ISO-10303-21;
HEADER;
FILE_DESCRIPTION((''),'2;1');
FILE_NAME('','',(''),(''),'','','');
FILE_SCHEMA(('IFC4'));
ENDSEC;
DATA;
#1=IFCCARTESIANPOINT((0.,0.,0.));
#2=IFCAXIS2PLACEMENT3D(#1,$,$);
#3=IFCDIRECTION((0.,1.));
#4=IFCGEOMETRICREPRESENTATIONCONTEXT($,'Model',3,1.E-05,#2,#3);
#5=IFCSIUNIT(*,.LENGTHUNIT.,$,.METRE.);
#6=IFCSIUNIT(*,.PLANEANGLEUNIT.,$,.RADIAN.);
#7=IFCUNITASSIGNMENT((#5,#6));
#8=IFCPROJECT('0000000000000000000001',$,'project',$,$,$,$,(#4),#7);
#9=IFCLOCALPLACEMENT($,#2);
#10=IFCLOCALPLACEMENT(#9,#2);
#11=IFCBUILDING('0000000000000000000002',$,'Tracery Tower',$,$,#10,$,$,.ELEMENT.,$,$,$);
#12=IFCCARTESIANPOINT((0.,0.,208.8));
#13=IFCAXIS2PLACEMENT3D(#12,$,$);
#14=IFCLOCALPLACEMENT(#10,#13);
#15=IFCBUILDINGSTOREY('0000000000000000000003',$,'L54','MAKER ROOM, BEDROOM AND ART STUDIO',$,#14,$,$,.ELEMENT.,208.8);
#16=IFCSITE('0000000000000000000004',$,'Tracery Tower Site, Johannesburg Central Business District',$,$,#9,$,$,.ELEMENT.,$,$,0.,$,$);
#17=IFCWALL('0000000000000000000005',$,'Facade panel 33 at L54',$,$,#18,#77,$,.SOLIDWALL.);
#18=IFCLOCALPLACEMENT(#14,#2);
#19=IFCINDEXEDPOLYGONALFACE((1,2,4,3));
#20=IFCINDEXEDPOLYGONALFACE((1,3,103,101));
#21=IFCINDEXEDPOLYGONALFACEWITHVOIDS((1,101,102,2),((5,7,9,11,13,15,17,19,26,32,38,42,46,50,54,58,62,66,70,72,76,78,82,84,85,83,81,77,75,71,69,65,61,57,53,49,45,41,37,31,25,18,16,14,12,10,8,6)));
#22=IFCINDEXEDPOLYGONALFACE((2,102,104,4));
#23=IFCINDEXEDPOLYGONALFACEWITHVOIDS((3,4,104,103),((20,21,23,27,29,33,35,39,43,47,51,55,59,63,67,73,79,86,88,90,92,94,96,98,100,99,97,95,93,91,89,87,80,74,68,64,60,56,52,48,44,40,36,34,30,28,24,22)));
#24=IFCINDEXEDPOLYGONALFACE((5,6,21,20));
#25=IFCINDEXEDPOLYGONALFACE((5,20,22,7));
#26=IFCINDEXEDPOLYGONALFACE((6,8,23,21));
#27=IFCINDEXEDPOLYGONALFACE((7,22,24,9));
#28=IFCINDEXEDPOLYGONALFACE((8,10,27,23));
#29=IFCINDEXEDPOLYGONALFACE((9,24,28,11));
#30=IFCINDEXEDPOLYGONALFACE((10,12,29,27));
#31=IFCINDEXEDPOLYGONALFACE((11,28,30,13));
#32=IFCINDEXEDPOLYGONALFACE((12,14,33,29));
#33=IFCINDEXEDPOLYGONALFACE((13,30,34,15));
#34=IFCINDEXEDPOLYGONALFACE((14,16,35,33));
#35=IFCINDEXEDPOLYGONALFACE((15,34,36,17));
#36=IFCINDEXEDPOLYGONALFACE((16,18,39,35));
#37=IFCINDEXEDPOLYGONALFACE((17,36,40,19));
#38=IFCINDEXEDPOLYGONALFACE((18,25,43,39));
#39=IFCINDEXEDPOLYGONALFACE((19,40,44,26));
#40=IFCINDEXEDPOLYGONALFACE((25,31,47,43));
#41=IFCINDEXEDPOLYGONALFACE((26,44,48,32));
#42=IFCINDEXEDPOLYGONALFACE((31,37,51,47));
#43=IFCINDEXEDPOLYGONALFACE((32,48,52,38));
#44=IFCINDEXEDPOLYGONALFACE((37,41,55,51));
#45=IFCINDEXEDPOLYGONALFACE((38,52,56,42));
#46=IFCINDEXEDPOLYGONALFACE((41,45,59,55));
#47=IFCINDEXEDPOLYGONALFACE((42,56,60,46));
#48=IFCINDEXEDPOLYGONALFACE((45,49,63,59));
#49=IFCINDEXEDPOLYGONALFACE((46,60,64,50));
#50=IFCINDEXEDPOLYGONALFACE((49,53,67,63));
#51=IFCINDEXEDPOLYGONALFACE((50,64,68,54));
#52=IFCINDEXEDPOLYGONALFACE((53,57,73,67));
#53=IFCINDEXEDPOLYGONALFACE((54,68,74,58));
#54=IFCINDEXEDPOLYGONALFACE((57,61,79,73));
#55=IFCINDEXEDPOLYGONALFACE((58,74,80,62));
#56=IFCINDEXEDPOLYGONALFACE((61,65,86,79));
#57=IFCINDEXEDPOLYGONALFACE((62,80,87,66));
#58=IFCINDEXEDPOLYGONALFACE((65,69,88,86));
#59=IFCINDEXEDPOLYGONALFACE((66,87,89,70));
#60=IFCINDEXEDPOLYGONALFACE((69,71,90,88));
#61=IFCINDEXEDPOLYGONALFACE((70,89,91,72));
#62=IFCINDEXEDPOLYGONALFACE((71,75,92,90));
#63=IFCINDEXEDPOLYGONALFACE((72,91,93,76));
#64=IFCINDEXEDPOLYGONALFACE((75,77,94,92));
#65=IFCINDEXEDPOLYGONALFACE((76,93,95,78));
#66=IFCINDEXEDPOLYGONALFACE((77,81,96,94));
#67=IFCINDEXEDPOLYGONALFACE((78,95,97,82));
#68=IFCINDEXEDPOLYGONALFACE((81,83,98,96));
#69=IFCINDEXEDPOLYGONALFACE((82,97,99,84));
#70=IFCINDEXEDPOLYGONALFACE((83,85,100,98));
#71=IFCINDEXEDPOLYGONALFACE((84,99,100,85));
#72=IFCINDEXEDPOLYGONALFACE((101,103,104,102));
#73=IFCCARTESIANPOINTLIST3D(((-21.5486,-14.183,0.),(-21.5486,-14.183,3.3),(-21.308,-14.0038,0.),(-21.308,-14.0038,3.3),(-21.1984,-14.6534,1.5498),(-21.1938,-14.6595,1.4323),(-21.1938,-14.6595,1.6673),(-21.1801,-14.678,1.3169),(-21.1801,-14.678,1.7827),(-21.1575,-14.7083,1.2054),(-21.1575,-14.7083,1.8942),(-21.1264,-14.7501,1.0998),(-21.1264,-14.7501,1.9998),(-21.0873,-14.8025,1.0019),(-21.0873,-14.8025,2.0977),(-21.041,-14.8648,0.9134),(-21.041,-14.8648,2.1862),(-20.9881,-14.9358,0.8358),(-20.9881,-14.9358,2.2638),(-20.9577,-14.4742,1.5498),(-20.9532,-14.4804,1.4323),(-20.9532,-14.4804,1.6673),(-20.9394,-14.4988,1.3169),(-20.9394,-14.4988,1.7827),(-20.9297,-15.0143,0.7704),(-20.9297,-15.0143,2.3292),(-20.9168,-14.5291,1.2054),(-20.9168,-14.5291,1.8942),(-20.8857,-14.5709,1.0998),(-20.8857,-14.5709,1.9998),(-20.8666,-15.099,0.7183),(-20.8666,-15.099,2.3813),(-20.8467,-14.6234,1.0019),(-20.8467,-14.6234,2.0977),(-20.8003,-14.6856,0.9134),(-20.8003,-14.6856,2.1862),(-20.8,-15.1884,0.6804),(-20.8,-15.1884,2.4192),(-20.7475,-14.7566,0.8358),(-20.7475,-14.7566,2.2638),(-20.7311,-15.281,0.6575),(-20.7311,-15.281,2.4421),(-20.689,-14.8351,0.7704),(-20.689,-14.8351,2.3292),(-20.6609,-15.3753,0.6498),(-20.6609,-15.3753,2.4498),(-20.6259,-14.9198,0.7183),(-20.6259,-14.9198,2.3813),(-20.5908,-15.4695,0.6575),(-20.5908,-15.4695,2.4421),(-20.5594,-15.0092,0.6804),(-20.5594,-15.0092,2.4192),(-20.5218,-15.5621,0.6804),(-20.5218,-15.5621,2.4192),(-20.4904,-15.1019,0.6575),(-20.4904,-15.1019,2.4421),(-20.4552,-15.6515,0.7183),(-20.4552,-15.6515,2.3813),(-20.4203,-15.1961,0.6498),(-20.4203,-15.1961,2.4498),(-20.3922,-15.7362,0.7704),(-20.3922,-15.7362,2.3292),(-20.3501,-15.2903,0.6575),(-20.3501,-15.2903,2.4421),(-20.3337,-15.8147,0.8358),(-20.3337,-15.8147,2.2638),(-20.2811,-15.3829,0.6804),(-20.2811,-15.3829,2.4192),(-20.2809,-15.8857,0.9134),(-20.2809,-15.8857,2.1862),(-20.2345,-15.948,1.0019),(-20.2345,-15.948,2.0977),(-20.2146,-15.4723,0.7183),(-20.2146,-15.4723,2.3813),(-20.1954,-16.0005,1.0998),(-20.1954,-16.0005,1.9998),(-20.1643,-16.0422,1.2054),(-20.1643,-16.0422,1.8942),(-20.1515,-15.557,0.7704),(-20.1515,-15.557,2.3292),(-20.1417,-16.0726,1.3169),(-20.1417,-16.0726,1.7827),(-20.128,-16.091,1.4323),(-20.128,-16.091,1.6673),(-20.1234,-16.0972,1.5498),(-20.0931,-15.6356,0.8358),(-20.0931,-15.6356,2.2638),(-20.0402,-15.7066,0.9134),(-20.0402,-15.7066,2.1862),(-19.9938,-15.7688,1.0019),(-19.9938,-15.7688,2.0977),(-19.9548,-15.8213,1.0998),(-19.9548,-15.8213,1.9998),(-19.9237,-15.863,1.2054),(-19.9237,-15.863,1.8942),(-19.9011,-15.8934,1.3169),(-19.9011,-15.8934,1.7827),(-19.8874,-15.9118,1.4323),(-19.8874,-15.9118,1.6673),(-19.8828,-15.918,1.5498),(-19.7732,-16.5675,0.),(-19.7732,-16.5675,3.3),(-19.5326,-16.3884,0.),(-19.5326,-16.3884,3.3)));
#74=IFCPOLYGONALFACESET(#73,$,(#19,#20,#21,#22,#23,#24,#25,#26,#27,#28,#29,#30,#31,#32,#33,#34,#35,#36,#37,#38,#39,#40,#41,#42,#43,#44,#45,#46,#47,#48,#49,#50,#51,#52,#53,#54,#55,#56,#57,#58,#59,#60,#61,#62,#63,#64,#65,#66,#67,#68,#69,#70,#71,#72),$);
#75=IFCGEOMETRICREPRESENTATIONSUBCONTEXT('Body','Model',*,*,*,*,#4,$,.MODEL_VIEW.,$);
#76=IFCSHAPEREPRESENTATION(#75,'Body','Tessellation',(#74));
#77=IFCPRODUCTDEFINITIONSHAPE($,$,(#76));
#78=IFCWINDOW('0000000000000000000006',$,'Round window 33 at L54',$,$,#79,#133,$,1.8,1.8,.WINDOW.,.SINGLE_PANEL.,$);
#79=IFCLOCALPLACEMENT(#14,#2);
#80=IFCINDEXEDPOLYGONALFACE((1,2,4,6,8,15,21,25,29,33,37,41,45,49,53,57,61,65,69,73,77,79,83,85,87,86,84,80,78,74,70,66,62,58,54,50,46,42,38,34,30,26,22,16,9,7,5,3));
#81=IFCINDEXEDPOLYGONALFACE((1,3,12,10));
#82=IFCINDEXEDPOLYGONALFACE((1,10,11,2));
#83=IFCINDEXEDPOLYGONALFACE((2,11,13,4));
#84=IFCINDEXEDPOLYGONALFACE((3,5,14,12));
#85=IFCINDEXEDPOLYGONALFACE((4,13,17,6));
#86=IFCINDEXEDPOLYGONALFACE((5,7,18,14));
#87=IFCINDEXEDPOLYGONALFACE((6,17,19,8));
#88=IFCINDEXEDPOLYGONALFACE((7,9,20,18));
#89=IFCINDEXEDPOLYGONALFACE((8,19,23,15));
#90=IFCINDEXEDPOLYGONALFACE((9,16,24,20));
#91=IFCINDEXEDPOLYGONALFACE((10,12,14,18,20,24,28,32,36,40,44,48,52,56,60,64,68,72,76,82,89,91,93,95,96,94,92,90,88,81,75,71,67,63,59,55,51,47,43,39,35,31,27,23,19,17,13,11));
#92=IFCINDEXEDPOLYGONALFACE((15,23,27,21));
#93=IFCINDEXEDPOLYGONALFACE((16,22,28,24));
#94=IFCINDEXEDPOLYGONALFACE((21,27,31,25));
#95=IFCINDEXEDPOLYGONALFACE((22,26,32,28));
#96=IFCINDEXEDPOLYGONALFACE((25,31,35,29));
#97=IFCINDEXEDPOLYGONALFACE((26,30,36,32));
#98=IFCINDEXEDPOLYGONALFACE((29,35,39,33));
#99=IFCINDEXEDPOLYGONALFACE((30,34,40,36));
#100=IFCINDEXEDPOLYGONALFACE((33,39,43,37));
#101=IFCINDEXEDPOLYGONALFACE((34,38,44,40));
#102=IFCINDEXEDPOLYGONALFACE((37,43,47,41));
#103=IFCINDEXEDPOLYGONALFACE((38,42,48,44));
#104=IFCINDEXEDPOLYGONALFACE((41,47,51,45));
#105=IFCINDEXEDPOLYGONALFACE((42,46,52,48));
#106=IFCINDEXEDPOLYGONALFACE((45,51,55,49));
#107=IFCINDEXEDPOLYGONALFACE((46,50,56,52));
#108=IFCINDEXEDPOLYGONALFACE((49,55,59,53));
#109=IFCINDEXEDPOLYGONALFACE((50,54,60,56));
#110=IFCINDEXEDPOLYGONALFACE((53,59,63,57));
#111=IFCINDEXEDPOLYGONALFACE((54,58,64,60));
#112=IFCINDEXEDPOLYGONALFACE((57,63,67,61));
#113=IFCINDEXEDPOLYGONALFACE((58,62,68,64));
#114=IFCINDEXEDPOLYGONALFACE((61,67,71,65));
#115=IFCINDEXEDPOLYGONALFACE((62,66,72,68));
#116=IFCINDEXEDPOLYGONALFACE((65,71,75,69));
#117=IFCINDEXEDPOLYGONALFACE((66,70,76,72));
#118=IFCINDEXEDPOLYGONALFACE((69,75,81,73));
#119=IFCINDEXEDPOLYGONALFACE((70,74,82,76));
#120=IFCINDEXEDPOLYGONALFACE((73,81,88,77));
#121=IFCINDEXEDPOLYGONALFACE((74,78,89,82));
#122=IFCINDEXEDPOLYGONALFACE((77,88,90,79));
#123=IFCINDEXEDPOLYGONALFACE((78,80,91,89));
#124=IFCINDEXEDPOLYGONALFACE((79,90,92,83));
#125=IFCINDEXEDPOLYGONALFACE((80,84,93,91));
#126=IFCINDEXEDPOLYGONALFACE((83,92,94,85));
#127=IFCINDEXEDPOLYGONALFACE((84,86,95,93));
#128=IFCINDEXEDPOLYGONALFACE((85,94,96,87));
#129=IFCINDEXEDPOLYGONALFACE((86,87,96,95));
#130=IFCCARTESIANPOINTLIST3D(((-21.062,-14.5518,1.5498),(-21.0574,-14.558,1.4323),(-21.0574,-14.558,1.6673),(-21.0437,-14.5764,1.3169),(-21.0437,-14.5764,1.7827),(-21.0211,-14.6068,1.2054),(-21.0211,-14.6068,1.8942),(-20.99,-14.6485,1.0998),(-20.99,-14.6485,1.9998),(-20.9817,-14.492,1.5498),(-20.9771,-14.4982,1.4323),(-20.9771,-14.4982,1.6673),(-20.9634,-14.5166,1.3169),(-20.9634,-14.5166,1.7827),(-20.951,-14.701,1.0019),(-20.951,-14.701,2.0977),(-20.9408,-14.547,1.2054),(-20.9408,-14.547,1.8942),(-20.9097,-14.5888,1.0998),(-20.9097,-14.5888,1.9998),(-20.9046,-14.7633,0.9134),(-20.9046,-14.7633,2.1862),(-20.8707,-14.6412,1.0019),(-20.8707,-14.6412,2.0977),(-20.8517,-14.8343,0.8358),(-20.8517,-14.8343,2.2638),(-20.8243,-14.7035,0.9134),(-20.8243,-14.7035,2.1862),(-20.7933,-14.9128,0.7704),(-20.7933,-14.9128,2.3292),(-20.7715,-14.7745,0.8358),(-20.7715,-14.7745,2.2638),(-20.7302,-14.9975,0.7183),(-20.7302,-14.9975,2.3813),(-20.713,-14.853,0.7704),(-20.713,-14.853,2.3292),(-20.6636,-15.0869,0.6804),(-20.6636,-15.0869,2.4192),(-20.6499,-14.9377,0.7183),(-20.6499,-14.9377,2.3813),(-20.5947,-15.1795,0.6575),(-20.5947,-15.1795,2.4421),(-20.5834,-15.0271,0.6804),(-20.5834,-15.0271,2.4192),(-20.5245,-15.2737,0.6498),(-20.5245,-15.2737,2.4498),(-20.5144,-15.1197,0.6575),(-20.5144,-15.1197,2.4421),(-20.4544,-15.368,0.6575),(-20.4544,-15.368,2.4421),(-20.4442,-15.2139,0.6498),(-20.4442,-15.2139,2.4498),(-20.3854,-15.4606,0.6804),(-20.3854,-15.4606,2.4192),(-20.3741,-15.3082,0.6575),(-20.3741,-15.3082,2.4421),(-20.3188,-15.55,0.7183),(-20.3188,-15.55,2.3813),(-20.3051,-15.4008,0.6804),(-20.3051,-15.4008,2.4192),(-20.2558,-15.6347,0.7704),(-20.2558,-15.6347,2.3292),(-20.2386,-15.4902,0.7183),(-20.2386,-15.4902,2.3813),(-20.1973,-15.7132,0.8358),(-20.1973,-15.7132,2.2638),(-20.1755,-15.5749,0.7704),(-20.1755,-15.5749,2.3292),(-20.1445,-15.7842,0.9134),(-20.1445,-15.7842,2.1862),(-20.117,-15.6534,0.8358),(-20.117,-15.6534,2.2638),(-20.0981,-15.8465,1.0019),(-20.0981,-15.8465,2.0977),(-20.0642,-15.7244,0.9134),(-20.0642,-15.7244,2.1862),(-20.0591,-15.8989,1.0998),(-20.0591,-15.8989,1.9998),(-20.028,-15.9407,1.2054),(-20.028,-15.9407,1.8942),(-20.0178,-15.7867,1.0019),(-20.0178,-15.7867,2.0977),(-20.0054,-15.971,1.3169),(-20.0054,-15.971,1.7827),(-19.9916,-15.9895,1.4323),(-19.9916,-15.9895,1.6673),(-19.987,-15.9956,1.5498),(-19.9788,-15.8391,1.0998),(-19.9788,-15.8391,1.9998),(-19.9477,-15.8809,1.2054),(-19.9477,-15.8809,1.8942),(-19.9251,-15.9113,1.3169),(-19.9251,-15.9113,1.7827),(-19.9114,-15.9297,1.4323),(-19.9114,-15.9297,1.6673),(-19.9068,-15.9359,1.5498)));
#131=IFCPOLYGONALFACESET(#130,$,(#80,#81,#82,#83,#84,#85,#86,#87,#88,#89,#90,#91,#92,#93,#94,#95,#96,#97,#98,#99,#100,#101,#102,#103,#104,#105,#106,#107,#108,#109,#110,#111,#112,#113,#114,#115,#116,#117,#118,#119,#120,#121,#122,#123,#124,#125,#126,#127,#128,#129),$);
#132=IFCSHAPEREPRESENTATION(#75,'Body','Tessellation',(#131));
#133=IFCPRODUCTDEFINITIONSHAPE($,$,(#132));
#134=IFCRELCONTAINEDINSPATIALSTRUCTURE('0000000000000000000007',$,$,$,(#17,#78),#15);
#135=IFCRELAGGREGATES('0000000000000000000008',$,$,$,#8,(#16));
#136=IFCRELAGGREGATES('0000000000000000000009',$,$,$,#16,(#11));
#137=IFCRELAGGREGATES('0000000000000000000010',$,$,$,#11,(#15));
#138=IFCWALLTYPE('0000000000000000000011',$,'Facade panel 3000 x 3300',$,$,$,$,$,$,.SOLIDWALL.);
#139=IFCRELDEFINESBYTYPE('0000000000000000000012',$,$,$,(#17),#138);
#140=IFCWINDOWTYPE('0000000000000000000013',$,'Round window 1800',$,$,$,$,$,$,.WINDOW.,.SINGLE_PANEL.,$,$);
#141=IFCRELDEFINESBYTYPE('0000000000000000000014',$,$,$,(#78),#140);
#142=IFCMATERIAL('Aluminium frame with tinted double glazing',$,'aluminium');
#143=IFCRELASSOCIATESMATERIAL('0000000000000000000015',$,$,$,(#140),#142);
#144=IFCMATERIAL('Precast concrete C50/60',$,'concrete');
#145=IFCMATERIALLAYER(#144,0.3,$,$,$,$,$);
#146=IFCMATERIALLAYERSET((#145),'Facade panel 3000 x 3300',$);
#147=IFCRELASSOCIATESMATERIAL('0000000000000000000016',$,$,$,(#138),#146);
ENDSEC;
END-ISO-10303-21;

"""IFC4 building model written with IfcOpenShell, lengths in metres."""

from ifc_helpers import new_model, si_unit, direction, frame, frame_2d, origin, origin_2d, place, context, subcontext, project, spatial, rectangle, circle, extrude, material, layer, layer_set, type_object, element, fill, save


model = new_model("IFC4")

# Units and contexts
model_context = context("Model", 3, precision=1e-05, world=origin(), true_north=direction((0.0, 1.0)))
body_context = subcontext(model_context, "Body", "Model", "MODEL_VIEW")
ifc_project = project(units=[si_unit("LENGTHUNIT", "METRE"), si_unit("PLANEANGLEUNIT", "RADIAN")], contexts=[model_context])

# Site, building, storey
site_placement = place(None, origin())
site = spatial("IfcSite", under=ifc_project, at=site_placement, Name="Tracery Tower Site, Johannesburg Central Business District", CompositionType="ELEMENT", RefElevation=0.0)
building_placement = place(site_placement, origin())
building = spatial("IfcBuilding", under=site, at=building_placement, Name="Tracery Tower", CompositionType="ELEMENT")
storey_placement = place(building_placement, frame((0.0, 0.0, 208.8)))
storey = spatial("IfcBuildingStorey", under=building, at=storey_placement, Name="L54", Description="MAKER ROOM, BEDROOM AND ART STUDIO", CompositionType="ELEMENT", Elevation=208.8)

# Wall, opening, window
ifc_material_1 = material(Name="Aluminium frame with tinted double glazing", Category="aluminium")
window_type = type_object("IfcWindowType", Name="Round window 1800", PartitioningType="SINGLE_PANEL", PredefinedType="WINDOW", material=ifc_material_1)
ifc_material_2 = material(Name="Precast concrete C50/60", Category="concrete")
ifc_layer_1 = layer(ifc_material_2, 0.3)
ifc_layer_set_1 = layer_set([ifc_layer_1], Name="Facade panel 3000 x 3300")
wall_type_1 = type_object("IfcWallType", Name="Facade panel 3000 x 3300", PredefinedType="SOLIDWALL", material=ifc_layer_set_1)
wall_1_placement = place(storey_placement, frame((-21.4282, -14.0935, 0.0), z_axis=(0.0, 0.0, 1.0), x_axis=(0.597198, -0.802094, 0.0)))
wall_1 = element("IfcWall", 1, at=wall_1_placement, inside=storey, type_object=wall_type_1, Name="Facade panel 33 at L54", PredefinedType="SOLIDWALL", context=body_context, shape_type="SweptSolid", body=[
    extrude(rectangle(XDim=2.9729, YDim=0.3, at=frame_2d((1.4863, 0.0))), origin(), (0.0, 0.0, 1.0), 3.3),
])
opening_1_placement = place(wall_1_placement, frame((1.4863, 0.0, 1.5498)))
opening_1 = element("IfcOpeningElement", 2, at=opening_1_placement, cuts=wall_1, PredefinedType="OPENING", context=body_context, shape_type="SweptSolid", body=[
    extrude(circle(Radius=0.9, at=origin_2d()), frame((0.0, 0.1599, 0.0), z_axis=(0.0, -1.0, 0.0), x_axis=(1.0, 0.0, 0.0)), (0.0, 0.0, 1.0), 0.3201),
])
window_1_placement = place(opening_1_placement, origin())
window_1 = element("IfcWindow", 3, at=window_1_placement, inside=storey, type_object=window_type, Name="Round window 33 at L54", OverallHeight=1.8, OverallWidth=1.8, PartitioningType="SINGLE_PANEL", PredefinedType="WINDOW", context=body_context, shape_type="SweptSolid", body=[
    extrude(circle(Radius=0.9, at=origin_2d()), frame((0.0, 0.1201, 0.0), z_axis=(0.0, -1.0, 0.0), x_axis=(1.0, 0.0, 0.0)), (0.0, 0.0, 1.0), 0.1001),
])
fill(opening_1, window_1)

save(model, "model.ifc")
